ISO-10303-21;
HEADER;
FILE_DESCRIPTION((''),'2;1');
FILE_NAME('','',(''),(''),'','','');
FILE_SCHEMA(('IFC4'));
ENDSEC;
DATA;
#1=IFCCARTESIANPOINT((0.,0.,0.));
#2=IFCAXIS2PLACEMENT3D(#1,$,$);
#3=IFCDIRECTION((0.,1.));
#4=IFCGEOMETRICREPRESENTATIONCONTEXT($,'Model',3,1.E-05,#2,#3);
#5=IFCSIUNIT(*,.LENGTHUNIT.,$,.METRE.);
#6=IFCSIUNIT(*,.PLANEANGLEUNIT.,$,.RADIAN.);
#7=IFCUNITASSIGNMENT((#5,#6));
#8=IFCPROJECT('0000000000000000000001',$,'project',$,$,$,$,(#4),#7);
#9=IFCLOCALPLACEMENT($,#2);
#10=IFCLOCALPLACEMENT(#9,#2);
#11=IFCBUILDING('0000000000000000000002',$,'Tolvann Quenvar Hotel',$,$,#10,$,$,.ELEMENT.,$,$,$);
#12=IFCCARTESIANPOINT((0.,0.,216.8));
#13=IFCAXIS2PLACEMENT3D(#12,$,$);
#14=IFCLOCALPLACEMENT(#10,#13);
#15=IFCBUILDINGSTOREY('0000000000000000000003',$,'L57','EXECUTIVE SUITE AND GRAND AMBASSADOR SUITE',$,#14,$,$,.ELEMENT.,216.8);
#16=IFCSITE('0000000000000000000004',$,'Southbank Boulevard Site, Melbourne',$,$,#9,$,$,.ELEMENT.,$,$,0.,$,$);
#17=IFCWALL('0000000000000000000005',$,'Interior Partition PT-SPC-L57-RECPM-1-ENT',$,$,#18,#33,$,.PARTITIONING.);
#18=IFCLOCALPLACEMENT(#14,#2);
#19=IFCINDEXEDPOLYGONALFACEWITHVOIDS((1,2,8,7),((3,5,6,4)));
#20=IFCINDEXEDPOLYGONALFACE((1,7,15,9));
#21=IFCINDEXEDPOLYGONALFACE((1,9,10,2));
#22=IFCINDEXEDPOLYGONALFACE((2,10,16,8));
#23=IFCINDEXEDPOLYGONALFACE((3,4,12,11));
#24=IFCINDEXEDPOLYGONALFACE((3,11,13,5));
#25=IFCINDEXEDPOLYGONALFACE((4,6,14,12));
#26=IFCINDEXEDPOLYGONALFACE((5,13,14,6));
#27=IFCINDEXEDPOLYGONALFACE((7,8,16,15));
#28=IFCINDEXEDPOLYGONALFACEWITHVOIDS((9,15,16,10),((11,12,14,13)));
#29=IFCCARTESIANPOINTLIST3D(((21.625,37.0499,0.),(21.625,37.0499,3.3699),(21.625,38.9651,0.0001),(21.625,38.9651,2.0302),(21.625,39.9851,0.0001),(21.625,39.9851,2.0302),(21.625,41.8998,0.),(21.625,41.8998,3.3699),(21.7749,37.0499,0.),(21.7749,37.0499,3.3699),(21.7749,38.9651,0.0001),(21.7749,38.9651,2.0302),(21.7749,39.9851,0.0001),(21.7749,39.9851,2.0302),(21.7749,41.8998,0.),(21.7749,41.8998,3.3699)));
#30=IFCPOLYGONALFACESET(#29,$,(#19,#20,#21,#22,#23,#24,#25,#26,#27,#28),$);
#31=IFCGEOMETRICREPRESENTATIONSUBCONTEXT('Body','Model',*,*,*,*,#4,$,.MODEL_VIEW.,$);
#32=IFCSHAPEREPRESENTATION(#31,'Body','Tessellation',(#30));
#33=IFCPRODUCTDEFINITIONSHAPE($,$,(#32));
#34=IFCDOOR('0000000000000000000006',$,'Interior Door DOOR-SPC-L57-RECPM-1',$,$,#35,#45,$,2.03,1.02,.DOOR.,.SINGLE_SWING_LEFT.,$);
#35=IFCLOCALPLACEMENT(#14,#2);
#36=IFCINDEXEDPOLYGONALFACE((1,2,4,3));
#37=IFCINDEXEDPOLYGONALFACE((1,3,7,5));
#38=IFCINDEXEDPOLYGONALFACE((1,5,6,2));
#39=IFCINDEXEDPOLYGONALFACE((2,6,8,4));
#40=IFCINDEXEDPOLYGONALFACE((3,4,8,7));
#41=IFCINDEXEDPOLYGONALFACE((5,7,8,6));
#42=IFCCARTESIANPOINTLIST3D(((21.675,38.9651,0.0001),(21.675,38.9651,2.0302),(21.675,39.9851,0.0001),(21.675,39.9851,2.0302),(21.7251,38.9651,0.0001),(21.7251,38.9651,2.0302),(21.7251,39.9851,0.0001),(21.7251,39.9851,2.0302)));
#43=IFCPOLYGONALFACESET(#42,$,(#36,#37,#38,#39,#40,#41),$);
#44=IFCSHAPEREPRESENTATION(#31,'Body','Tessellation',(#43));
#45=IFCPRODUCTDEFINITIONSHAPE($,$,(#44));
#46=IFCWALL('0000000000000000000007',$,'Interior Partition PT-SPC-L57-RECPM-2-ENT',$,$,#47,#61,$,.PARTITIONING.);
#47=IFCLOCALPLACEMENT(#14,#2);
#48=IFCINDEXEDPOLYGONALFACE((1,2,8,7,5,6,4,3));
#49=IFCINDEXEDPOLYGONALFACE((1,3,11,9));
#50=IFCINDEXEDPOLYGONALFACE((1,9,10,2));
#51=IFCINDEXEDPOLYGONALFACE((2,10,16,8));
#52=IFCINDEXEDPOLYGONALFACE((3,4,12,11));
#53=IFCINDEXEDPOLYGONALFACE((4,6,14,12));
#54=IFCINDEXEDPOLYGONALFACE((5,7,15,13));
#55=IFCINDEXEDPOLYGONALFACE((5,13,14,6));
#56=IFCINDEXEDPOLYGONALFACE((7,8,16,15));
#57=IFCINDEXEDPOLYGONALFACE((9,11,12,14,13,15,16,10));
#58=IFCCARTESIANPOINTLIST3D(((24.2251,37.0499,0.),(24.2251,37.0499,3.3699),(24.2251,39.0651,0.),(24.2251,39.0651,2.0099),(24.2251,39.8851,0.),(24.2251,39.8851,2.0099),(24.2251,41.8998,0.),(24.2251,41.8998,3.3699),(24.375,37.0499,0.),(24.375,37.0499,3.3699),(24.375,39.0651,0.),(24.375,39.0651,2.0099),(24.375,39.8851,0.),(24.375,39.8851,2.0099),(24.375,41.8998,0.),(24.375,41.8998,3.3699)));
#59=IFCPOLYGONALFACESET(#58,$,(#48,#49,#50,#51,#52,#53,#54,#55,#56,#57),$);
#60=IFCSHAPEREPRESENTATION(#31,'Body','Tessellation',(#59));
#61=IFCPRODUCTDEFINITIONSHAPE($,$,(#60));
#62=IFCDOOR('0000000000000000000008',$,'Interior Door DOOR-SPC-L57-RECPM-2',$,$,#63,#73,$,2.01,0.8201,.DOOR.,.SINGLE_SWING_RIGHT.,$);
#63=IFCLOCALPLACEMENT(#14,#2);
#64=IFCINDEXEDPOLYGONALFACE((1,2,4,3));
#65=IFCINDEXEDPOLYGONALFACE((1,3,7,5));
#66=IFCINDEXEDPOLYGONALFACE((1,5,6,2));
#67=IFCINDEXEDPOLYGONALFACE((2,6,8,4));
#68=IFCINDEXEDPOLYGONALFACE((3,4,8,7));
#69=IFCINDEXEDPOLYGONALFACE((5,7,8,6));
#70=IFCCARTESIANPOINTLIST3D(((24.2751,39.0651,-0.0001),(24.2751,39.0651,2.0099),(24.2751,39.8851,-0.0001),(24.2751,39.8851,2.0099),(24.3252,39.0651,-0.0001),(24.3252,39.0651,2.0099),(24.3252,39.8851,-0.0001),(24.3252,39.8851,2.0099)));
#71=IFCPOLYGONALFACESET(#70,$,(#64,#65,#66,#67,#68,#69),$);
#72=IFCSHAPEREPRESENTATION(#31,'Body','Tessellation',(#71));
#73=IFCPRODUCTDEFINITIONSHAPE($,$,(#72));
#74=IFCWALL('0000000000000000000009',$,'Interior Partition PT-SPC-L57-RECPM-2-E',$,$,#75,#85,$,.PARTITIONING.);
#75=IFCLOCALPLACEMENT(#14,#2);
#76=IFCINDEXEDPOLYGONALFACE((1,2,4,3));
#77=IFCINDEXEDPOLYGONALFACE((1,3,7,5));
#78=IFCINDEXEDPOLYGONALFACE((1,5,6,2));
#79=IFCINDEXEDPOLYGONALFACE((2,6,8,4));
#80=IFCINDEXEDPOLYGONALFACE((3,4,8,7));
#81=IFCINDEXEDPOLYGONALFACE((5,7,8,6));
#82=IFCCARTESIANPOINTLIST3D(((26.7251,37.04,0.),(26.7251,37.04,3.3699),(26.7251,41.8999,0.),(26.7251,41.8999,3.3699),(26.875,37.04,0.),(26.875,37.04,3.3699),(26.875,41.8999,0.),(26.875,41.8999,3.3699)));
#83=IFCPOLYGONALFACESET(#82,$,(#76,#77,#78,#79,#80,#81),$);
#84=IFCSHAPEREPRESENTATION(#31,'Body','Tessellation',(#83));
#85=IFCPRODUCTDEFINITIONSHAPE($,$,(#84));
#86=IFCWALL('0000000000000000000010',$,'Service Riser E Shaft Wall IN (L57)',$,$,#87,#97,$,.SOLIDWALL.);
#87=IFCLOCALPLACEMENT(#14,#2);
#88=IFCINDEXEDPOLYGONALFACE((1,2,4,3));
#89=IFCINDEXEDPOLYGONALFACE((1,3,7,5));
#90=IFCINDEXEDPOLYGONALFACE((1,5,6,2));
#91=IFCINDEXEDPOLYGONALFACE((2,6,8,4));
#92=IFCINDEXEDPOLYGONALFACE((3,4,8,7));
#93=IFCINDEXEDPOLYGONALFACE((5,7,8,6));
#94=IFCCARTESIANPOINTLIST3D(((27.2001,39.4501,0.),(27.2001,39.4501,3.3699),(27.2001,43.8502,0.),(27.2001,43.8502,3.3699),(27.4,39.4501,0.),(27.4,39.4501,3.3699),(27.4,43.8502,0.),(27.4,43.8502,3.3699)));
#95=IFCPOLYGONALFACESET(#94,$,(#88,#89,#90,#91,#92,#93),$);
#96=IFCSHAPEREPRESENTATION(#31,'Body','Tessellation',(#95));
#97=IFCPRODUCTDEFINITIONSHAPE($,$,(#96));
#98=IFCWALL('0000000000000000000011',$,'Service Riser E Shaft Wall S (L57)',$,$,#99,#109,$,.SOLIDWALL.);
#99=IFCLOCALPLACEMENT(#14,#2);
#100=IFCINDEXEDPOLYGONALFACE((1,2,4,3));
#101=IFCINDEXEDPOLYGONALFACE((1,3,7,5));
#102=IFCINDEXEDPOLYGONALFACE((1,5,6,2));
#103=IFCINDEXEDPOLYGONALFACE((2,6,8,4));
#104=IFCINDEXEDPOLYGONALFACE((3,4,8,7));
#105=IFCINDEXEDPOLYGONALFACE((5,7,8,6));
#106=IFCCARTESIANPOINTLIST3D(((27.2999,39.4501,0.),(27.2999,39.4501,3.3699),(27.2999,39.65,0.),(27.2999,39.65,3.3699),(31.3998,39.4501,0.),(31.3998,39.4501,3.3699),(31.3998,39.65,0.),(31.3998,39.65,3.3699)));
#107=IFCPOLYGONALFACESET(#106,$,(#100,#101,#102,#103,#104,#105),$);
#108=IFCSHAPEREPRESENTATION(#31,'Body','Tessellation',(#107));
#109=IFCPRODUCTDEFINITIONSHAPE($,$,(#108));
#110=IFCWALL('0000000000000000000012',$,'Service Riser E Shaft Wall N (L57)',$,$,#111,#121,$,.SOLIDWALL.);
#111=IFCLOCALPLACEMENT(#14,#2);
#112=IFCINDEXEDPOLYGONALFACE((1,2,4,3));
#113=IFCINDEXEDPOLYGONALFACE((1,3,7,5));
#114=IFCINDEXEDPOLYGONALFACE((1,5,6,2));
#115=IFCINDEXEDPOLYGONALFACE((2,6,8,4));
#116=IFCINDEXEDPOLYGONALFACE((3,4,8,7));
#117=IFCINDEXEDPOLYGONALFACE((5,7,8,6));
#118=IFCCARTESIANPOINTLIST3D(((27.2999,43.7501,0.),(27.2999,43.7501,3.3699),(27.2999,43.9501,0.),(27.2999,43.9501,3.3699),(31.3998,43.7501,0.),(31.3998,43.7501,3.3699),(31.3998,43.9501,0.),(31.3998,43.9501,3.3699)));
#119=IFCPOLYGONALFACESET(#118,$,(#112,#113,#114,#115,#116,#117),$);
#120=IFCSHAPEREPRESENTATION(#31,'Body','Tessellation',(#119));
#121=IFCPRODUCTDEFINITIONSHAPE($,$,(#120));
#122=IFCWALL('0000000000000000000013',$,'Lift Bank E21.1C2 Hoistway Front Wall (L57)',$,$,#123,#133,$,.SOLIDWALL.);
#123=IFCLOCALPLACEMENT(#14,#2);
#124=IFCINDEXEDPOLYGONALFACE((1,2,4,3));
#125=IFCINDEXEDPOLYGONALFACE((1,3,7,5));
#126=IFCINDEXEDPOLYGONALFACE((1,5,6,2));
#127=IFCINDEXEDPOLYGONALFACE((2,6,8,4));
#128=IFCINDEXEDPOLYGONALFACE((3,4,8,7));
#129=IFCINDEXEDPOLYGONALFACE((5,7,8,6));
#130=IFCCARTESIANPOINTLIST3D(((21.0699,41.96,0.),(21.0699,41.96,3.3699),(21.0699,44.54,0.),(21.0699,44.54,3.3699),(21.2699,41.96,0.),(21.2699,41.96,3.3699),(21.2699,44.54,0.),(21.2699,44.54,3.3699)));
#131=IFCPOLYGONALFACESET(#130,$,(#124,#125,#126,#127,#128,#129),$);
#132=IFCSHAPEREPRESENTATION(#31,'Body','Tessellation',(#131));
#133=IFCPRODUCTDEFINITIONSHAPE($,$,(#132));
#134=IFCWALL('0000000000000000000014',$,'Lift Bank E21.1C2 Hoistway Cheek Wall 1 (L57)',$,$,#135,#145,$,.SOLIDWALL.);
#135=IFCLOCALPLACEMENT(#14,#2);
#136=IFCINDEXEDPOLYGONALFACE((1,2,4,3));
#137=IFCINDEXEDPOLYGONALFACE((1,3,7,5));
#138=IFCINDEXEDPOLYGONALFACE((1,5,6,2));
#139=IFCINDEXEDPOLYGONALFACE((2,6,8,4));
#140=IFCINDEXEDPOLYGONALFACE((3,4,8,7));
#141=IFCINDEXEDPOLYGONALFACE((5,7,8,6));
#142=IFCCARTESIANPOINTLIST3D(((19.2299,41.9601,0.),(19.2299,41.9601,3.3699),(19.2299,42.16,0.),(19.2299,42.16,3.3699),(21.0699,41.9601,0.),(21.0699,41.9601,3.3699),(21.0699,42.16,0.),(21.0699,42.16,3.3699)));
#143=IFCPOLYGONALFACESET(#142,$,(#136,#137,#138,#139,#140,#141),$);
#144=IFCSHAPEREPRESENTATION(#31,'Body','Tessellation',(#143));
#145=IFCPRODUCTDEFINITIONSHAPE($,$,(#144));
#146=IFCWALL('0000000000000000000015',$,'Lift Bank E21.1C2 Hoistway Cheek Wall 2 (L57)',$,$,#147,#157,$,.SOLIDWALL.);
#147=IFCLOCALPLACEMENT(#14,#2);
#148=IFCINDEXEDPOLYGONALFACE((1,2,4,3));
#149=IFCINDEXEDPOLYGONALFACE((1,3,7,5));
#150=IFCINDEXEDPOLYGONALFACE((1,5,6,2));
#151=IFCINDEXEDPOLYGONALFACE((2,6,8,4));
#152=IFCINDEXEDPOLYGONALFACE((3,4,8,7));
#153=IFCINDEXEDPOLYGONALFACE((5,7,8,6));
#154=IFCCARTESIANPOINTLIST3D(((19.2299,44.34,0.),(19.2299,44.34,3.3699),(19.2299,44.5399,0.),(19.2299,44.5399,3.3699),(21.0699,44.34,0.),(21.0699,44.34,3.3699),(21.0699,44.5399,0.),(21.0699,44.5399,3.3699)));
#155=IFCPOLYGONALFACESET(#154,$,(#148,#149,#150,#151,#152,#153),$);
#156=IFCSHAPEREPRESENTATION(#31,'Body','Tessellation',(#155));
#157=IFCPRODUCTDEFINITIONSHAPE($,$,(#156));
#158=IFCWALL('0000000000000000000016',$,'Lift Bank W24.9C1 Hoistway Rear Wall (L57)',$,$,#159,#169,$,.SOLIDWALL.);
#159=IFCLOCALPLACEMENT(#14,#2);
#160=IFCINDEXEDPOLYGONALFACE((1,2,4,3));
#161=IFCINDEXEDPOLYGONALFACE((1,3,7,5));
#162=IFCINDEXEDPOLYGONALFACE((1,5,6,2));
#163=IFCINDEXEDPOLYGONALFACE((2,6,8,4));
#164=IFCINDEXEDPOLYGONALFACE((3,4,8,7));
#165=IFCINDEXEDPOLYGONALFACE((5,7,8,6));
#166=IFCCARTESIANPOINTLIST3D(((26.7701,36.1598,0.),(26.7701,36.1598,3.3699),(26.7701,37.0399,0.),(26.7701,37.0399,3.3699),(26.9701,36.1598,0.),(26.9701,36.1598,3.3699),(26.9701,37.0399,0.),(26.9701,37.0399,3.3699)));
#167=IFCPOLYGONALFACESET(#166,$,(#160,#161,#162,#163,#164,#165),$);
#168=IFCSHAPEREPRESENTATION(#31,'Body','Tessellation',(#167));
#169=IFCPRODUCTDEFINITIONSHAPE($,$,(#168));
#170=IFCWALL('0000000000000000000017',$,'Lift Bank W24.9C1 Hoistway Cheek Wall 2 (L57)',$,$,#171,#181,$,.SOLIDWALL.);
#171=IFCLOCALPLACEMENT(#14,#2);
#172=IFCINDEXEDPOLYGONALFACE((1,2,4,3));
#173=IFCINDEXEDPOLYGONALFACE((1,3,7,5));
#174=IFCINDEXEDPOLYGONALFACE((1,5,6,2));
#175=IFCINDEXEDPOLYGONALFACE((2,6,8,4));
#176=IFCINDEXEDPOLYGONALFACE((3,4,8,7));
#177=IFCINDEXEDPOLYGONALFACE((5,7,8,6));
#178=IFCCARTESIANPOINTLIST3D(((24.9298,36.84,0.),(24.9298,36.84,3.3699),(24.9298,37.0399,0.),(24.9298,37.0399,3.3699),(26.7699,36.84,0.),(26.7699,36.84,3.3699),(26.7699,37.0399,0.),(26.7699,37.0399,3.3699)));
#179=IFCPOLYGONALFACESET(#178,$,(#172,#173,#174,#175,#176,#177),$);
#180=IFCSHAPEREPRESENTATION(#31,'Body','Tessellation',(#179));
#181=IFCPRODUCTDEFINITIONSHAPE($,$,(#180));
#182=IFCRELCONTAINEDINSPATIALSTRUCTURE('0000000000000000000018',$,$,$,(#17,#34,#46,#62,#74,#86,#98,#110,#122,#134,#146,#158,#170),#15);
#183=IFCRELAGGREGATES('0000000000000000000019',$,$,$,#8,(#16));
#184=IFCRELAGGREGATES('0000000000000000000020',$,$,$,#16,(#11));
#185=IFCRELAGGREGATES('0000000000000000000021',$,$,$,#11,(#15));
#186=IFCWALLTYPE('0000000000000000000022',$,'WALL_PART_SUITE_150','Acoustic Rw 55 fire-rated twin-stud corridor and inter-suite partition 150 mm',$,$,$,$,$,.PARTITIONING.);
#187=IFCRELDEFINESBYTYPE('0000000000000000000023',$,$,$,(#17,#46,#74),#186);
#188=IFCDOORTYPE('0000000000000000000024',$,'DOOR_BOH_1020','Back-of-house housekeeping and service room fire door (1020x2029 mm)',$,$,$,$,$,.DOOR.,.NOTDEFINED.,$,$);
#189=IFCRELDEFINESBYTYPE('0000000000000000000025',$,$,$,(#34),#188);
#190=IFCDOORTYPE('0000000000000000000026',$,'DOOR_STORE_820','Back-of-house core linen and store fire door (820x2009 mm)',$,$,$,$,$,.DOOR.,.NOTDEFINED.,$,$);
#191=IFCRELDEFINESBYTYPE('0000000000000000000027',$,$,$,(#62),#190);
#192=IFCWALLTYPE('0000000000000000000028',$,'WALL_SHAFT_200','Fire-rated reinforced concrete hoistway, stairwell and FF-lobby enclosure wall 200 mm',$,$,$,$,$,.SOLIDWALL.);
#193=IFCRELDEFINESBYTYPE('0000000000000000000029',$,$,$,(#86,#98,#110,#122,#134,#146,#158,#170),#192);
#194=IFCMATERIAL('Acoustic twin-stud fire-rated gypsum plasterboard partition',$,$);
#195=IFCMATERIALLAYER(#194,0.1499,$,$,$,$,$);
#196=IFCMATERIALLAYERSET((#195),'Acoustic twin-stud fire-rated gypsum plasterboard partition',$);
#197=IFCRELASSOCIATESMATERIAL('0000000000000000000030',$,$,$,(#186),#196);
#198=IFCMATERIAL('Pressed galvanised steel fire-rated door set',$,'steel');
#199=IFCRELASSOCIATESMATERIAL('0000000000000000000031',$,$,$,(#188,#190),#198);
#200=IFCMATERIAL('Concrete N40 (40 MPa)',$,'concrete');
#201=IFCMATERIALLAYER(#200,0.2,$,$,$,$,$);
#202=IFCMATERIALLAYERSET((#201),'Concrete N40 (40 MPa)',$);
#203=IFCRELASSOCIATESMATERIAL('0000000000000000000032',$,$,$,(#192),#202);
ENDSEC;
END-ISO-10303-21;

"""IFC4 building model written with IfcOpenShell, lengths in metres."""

from ifc_helpers import new_model, si_unit, direction, frame, frame_2d, origin, place, context, subcontext, project, spatial, rectangle, extrude, source, transform, mapped, material, layer, layer_set, type_object, type_shapes, element, fill, save


model = new_model("IFC4")

# Units and contexts
model_context = context("Model", 3, precision=1e-05, world=origin(), true_north=direction((0.0, 1.0)))
body_context = subcontext(model_context, "Body", "Model", "MODEL_VIEW")
ifc_project = project(units=[si_unit("LENGTHUNIT", "METRE"), si_unit("PLANEANGLEUNIT", "RADIAN")], contexts=[model_context])

# Site, building, storey
site_placement = place(None, origin())
site = spatial("IfcSite", under=ifc_project, at=site_placement, Name="Southbank Boulevard Site, Melbourne", CompositionType="ELEMENT", RefElevation=0.0)
building_placement = place(site_placement, origin())
building = spatial("IfcBuilding", under=site, at=building_placement, Name="Tolvann Quenvar Hotel", CompositionType="ELEMENT")
storey_placement = place(building_placement, frame((0.0, 0.0, 216.8)))
storey = spatial("IfcBuildingStorey", under=building, at=storey_placement, Name="L57", Description="EXECUTIVE SUITE AND GRAND AMBASSADOR SUITE", CompositionType="ELEMENT", Elevation=216.8)

# Walls, openings, doors
ifc_material_1 = material(Name="Acoustic twin-stud fire-rated gypsum plasterboard partition")
ifc_layer_1 = layer(ifc_material_1, 0.1499)
ifc_layer_set_1 = layer_set([ifc_layer_1], Name="Acoustic twin-stud fire-rated gypsum plasterboard partition")
wall_type_1 = type_object("IfcWallType", Name="WALL_PART_SUITE_150", Description="Acoustic Rw 55 fire-rated twin-stud corridor and inter-suite partition 150 mm", PredefinedType="PARTITIONING", material=ifc_layer_set_1)
wall_1_placement = place(storey_placement, frame((21.7, 37.05, 0.0), z_axis=(0.0, 0.0, 1.0), x_axis=(0.0, 1.0, 0.0)))
wall_1 = element("IfcWall", 1, at=wall_1_placement, inside=storey, type_object=wall_type_1, Name="Interior Partition PT-SPC-L57-RECPM-1-ENT", PredefinedType="PARTITIONING", context=body_context, shape_type="SweptSolid", body=[
    extrude(rectangle(XDim=4.8499, YDim=0.1499, at=frame_2d((2.4248, 0.0))), origin(), (0.0, 0.0, 1.0), 3.3699),
])
opening_1_placement = place(wall_1_placement, frame((1.915, 0.0, 0.0)))
opening_1 = element("IfcOpeningElement", 2, at=opening_1_placement, cuts=wall_1, PredefinedType="OPENING", context=body_context, shape_type="SweptSolid", body=[
    extrude(rectangle(XDim=1.02, YDim=2.03, at=frame_2d((0.51, 1.0151))), frame((0.0, 0.085, 0.0), z_axis=(0.0, -1.0, 0.0), x_axis=(1.0, 0.0, 0.0)), (0.0, 0.0, 1.0), 0.1699),
])
ifc_material_2 = material(Name="Pressed galvanised steel fire-rated door set", Category="steel")
door_type_1 = type_object("IfcDoorType", Name="DOOR_BOH_1020", Description="Back-of-house housekeeping and service room fire door (1020x2029 mm)", OperationType="NOTDEFINED", PredefinedType="DOOR", material=ifc_material_2)
shared_shape_1 = source(origin(), body_context, "Body", "SweptSolid", [
    extrude(rectangle(XDim=1.02, YDim=2.03, at=frame_2d((0.51, 1.0151))), frame((0.0, 0.0249, 0.0), z_axis=(0.0, -1.0, 0.0), x_axis=(1.0, 0.0, 0.0)), (0.0, 0.0, 1.0), 0.05),
])
type_shapes(door_type_1, [shared_shape_1])
door_1_placement = place(opening_1_placement, origin())
door_1 = element("IfcDoor", 3, at=door_1_placement, inside=storey, type_object=door_type_1, Name="Interior Door DOOR-SPC-L57-RECPM-1", OperationType="SINGLE_SWING_LEFT", OverallHeight=2.03, OverallWidth=1.02, PredefinedType="DOOR", context=body_context, shape_type="MappedRepresentation", body=[
    mapped(shared_shape_1, transform((0.0, 0.0, 0.0), x_axis=(1.0, 0.0, 0.0), y_axis=(0.0, 1.0, 0.0), z_axis=(0.0, 0.0, 1.0), scale=1.0)),
])
fill(opening_1, door_1)
wall_2_placement = place(storey_placement, frame((24.3, 37.05, 0.0), z_axis=(0.0, 0.0, 1.0), x_axis=(0.0, 1.0, 0.0)))
wall_2 = element("IfcWall", 4, at=wall_2_placement, inside=storey, type_object=wall_type_1, Name="Interior Partition PT-SPC-L57-RECPM-2-ENT", PredefinedType="PARTITIONING", context=body_context, shape_type="SweptSolid", body=[
    extrude(rectangle(XDim=4.8499, YDim=0.1499, at=frame_2d((2.4248, 0.0))), origin(), (0.0, 0.0, 1.0), 3.3699),
])
opening_2_placement = place(wall_2_placement, frame((2.0149, 0.0, 0.0)))
opening_2 = element("IfcOpeningElement", 5, at=opening_2_placement, cuts=wall_2, PredefinedType="OPENING", context=body_context, shape_type="SweptSolid", body=[
    extrude(rectangle(XDim=0.8201, YDim=2.01, at=frame_2d((0.4102, 1.0049))), frame((0.0, 0.085, 0.0), z_axis=(0.0, -1.0, 0.0), x_axis=(1.0, 0.0, 0.0)), (0.0, 0.0, 1.0), 0.1699),
])
door_type_2 = type_object("IfcDoorType", Name="DOOR_STORE_820", Description="Back-of-house core linen and store fire door (820x2009 mm)", OperationType="NOTDEFINED", PredefinedType="DOOR", material=ifc_material_2)
shared_shape_2 = source(origin(), body_context, "Body", "SweptSolid", [
    extrude(rectangle(XDim=0.8201, YDim=2.01, at=frame_2d((0.4102, 1.0049))), frame((0.0, 0.0249, 0.0), z_axis=(0.0, -1.0, 0.0), x_axis=(1.0, 0.0, 0.0)), (0.0, 0.0, 1.0), 0.05),
])
type_shapes(door_type_2, [shared_shape_2])
door_2_placement = place(opening_2_placement, origin())
door_2 = element("IfcDoor", 6, at=door_2_placement, inside=storey, type_object=door_type_2, Name="Interior Door DOOR-SPC-L57-RECPM-2", OperationType="SINGLE_SWING_RIGHT", OverallHeight=2.01, OverallWidth=0.8201, PredefinedType="DOOR", context=body_context, shape_type="MappedRepresentation", body=[
    mapped(shared_shape_2, transform((0.0, 0.0, 0.0), x_axis=(1.0, 0.0, 0.0), y_axis=(0.0, 1.0, 0.0), z_axis=(0.0, 0.0, 1.0), scale=1.0)),
])
fill(opening_2, door_2)

# Walls
wall_3_placement = place(storey_placement, frame((26.8, 37.04, 0.0), z_axis=(0.0, 0.0, 1.0), x_axis=(0.0, 1.0, 0.0)))
element("IfcWall", 7, at=wall_3_placement, inside=storey, type_object=wall_type_1, Name="Interior Partition PT-SPC-L57-RECPM-2-E", PredefinedType="PARTITIONING", context=body_context, shape_type="SweptSolid", body=[
    extrude(rectangle(XDim=4.8599, YDim=0.1499, at=frame_2d((2.4299, 0.0))), origin(), (0.0, 0.0, 1.0), 3.3699),
])
ifc_material_3 = material(Name="Concrete N40 (40 MPa)", Category="concrete")
ifc_layer_2 = layer(ifc_material_3, 0.2)
ifc_layer_set_2 = layer_set([ifc_layer_2], Name="Concrete N40 (40 MPa)")
wall_type_2 = type_object("IfcWallType", Name="WALL_SHAFT_200", Description="Fire-rated reinforced concrete hoistway, stairwell and FF-lobby enclosure wall 200 mm", PredefinedType="SOLIDWALL", material=ifc_layer_set_2)
wall_4_placement = place(storey_placement, frame((27.3, 39.45, 0.0), z_axis=(0.0, 0.0, 1.0), x_axis=(0.0, 1.0, 0.0)))
element("IfcWall", 8, at=wall_4_placement, inside=storey, type_object=wall_type_2, Name="Service Riser E Shaft Wall IN (L57)", PredefinedType="SOLIDWALL", context=body_context, shape_type="SweptSolid", body=[
    extrude(rectangle(XDim=4.4001, YDim=0.2, at=frame_2d((2.2002, 0.0))), origin(), (0.0, 0.0, 1.0), 3.3699),
])
for number, where, z_axis, x_axis, name in (
    (9, (27.3, 39.55, 0.0), (0.0, 0.0, 1.0), (1.0, 0.0, 0.0), "Service Riser E Shaft Wall S (L57)"),
    (10, (27.3, 43.8501, 0.0), (0.0, 0.0, 1.0), (1.0, 0.0, 0.0), "Service Riser E Shaft Wall N (L57)"),
):
    element("IfcWall", number, at=place(storey_placement, frame(where, z_axis=z_axis, x_axis=x_axis)), inside=storey, type_object=wall_type_2, Name=name, PredefinedType="SOLIDWALL", context=body_context, shape_type="SweptSolid", body=[
        extrude(rectangle(XDim=4.0999, YDim=0.2, at=frame_2d((2.0498, 0.0))), origin(), (0.0, 0.0, 1.0), 3.3699),
    ])
wall_5_placement = place(storey_placement, frame((21.1699, 41.96, 0.0), z_axis=(0.0, 0.0, 1.0), x_axis=(0.0, 1.0, 0.0)))
element("IfcWall", 11, at=wall_5_placement, inside=storey, type_object=wall_type_2, Name="Lift Bank E21.1C2 Hoistway Front Wall (L57)", PredefinedType="SOLIDWALL", context=body_context, shape_type="SweptSolid", body=[
    extrude(rectangle(XDim=2.5801, YDim=0.2, at=frame_2d((1.29, 0.0))), origin(), (0.0, 0.0, 1.0), 3.3699),
])
for number, where, z_axis, x_axis, name in (
    (12, (19.23, 42.0601, 0.0), (0.0, 0.0, 1.0), (1.0, 0.0, 0.0), "Lift Bank E21.1C2 Hoistway Cheek Wall 1 (L57)"),
    (13, (19.23, 44.4399, 0.0), (0.0, 0.0, 1.0), (1.0, 0.0, 0.0), "Lift Bank E21.1C2 Hoistway Cheek Wall 2 (L57)"),
):
    element("IfcWall", number, at=place(storey_placement, frame(where, z_axis=z_axis, x_axis=x_axis)), inside=storey, type_object=wall_type_2, Name=name, PredefinedType="SOLIDWALL", context=body_context, shape_type="SweptSolid", body=[
        extrude(rectangle(XDim=1.8401, YDim=0.2, at=frame_2d((0.9199, 0.0))), origin(), (0.0, 0.0, 1.0), 3.3699),
    ])

# Walls
wall_6_placement = place(storey_placement, frame((26.8701, 36.1599, 0.0), z_axis=(0.0, 0.0, 1.0), x_axis=(0.0, 1.0, 0.0)))
element("IfcWall", 14, at=wall_6_placement, inside=storey, type_object=wall_type_2, Name="Lift Bank W24.9C1 Hoistway Rear Wall (L57)", PredefinedType="SOLIDWALL", context=body_context, shape_type="SweptSolid", body=[
    extrude(rectangle(XDim=0.8801, YDim=0.2, at=frame_2d((0.4399, 0.0))), origin(), (0.0, 0.0, 1.0), 3.3699),
])
wall_7_placement = place(storey_placement, frame((24.9299, 36.9399, 0.0), z_axis=(0.0, 0.0, 1.0), x_axis=(1.0, 0.0, 0.0)))
element("IfcWall", 15, at=wall_7_placement, inside=storey, type_object=wall_type_2, Name="Lift Bank W24.9C1 Hoistway Cheek Wall 2 (L57)", PredefinedType="SOLIDWALL", context=body_context, shape_type="SweptSolid", body=[
    extrude(rectangle(XDim=1.8401, YDim=0.2, at=frame_2d((0.9199, 0.0))), origin(), (0.0, 0.0, 1.0), 3.3699),
])

save(model, "model.ifc")
